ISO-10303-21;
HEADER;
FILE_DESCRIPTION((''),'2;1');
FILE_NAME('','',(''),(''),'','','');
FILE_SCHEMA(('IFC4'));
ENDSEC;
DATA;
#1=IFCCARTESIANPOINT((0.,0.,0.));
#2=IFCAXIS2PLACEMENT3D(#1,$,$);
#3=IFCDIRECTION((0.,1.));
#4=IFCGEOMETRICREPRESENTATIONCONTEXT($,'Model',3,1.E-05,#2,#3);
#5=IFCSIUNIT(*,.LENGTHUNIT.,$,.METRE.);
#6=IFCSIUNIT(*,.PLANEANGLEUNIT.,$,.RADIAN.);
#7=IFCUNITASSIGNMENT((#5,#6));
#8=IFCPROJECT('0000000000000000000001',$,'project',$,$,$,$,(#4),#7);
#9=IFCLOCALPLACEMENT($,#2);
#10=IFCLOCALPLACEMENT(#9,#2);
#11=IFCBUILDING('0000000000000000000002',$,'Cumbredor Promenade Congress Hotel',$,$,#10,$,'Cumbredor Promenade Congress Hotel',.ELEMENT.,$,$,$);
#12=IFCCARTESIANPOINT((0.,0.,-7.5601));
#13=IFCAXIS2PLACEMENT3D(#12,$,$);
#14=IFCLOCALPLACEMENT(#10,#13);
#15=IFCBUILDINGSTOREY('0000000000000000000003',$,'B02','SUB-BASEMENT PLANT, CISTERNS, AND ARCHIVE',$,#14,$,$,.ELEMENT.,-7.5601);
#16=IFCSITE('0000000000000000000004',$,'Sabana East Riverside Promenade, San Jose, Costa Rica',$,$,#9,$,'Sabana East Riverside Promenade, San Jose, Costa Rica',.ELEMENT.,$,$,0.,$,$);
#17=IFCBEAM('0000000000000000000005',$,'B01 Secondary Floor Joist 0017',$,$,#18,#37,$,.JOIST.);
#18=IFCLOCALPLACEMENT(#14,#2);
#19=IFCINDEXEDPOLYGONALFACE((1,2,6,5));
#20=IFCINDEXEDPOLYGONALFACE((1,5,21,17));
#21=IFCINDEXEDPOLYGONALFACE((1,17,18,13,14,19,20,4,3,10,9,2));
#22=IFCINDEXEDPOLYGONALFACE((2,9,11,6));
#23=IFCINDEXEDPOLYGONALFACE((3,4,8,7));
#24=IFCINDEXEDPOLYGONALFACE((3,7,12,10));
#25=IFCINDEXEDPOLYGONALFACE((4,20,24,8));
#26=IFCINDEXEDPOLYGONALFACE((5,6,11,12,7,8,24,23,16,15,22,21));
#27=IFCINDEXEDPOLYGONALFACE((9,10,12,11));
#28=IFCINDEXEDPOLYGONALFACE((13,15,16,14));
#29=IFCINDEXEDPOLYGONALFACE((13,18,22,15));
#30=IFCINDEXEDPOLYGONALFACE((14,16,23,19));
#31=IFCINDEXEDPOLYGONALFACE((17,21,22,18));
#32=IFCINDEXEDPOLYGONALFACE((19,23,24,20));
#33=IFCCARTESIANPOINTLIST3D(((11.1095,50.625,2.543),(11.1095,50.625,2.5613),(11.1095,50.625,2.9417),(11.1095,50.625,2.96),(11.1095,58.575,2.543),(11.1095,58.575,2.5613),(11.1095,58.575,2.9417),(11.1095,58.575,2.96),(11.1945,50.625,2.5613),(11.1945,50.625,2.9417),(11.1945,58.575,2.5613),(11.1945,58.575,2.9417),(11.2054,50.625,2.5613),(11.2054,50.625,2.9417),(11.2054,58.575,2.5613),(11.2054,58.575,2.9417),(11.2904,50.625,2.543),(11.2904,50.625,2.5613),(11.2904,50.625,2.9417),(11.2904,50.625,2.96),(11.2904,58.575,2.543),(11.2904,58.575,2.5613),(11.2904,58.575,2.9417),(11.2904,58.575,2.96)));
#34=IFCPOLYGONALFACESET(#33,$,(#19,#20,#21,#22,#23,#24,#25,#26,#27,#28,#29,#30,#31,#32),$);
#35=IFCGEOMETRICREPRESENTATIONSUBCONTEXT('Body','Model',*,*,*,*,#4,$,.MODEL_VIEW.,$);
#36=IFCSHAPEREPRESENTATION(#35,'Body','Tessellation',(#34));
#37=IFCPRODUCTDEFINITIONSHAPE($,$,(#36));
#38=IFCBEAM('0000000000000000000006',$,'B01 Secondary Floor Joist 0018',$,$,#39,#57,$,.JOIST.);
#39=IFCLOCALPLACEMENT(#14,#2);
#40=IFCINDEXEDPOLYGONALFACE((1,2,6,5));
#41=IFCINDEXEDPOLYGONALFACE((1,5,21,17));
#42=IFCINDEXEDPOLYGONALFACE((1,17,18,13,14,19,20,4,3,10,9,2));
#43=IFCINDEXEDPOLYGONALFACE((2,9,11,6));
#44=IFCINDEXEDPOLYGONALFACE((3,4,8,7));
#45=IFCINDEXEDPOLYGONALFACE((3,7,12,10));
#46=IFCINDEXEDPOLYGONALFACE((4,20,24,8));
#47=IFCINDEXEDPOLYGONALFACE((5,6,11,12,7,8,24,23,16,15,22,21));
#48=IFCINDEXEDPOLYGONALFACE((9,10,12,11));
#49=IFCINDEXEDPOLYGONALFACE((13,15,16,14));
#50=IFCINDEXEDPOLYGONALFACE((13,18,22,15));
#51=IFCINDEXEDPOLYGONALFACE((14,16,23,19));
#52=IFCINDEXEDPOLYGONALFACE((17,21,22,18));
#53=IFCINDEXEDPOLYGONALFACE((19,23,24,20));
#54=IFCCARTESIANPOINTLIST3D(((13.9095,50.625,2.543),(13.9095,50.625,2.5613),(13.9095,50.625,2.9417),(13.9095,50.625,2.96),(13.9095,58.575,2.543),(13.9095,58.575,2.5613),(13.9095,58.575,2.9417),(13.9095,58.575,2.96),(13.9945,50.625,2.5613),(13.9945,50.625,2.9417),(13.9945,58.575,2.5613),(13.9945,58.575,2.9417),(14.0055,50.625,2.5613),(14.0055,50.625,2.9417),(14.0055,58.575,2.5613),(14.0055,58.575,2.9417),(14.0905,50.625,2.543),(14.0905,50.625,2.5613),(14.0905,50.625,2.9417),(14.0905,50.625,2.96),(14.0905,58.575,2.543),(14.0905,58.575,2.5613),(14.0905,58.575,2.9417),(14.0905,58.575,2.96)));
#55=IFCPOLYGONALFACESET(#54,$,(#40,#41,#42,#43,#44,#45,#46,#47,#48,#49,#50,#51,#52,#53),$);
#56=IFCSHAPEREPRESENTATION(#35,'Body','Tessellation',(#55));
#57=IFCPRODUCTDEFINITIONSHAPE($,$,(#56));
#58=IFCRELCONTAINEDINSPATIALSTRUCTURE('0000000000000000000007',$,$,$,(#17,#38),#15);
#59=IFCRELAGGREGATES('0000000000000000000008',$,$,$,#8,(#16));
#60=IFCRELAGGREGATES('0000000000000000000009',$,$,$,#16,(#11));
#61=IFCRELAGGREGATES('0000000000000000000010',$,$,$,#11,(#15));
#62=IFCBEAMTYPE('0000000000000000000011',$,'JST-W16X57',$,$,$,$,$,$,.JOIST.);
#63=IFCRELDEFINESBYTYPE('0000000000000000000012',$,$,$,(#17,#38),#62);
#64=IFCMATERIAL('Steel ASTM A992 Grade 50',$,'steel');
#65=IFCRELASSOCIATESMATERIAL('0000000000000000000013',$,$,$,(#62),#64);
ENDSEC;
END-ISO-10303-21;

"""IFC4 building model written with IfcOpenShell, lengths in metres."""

from ifc_helpers import new_model, si_unit, direction, frame, origin, origin_2d, place, context, subcontext, project, spatial, i_section, extrude, material, material_profile, profile_set, type_object, element, save


model = new_model("IFC4")

# Units and contexts
model_context = context("Model", 3, precision=1e-05, world=origin(), true_north=direction((0.0, 1.0)))
body_context = subcontext(model_context, "Body", "Model", "MODEL_VIEW")
ifc_project = project(units=[si_unit("LENGTHUNIT", "METRE"), si_unit("PLANEANGLEUNIT", "RADIAN")], contexts=[model_context])

# Site, building, storey
site_placement = place(None, origin())
site = spatial("IfcSite", under=ifc_project, at=site_placement, Name="Sabana East Riverside Promenade, San Jose, Costa Rica", LongName="Sabana East Riverside Promenade, San Jose, Costa Rica", CompositionType="ELEMENT", RefElevation=0.0)
building_placement = place(site_placement, origin())
building = spatial("IfcBuilding", under=site, at=building_placement, Name="Cumbredor Promenade Congress Hotel", LongName="Cumbredor Promenade Congress Hotel", CompositionType="ELEMENT")
storey_placement = place(building_placement, frame((0.0, 0.0, -7.5601)))
storey = spatial("IfcBuildingStorey", under=building, at=storey_placement, Name="B02", Description="SUB-BASEMENT PLANT, CISTERNS, AND ARCHIVE", CompositionType="ELEMENT", Elevation=-7.5601)

# Beams
ifc_material_1 = material(Name="Steel ASTM A992 Grade 50", Category="steel")
ifc_material_profile_1 = material_profile(ifc_material_1, i_section(OverallWidth=0.1809, OverallDepth=0.417, WebThickness=0.011, FlangeThickness=0.0183, at=origin_2d()), Name="W16X57")
ifc_profile_set_1 = profile_set([ifc_material_profile_1], Name="Steel ASTM A992 Grade 50")
beam_type_1 = type_object("IfcBeamType", Name="JST-W16X57", PredefinedType="JOIST", material=ifc_profile_set_1)
for number, where, z_axis, x_axis, name in (
    (1, (11.2, 50.625, 2.7515), (0.0, 1.0, 0.0), (-1.0, 0.0, 0.0), "B01 Secondary Floor Joist 0017"),
    (2, (14.0, 50.625, 2.7515), (0.0, 1.0, 0.0), (-1.0, 0.0, 0.0), "B01 Secondary Floor Joist 0018"),
):
    element("IfcBeam", number, at=place(storey_placement, frame(where, z_axis=z_axis, x_axis=x_axis)), inside=storey, type_object=beam_type_1, Name=name, PredefinedType="JOIST", context=body_context, shape_type="SweptSolid", body=[
        extrude(i_section(OverallWidth=0.1809, OverallDepth=0.417, WebThickness=0.011, FlangeThickness=0.0183, at=origin_2d()), origin(), (0.0, 0.0, 1.0), 7.95),
    ])

save(model, "model.ifc")
